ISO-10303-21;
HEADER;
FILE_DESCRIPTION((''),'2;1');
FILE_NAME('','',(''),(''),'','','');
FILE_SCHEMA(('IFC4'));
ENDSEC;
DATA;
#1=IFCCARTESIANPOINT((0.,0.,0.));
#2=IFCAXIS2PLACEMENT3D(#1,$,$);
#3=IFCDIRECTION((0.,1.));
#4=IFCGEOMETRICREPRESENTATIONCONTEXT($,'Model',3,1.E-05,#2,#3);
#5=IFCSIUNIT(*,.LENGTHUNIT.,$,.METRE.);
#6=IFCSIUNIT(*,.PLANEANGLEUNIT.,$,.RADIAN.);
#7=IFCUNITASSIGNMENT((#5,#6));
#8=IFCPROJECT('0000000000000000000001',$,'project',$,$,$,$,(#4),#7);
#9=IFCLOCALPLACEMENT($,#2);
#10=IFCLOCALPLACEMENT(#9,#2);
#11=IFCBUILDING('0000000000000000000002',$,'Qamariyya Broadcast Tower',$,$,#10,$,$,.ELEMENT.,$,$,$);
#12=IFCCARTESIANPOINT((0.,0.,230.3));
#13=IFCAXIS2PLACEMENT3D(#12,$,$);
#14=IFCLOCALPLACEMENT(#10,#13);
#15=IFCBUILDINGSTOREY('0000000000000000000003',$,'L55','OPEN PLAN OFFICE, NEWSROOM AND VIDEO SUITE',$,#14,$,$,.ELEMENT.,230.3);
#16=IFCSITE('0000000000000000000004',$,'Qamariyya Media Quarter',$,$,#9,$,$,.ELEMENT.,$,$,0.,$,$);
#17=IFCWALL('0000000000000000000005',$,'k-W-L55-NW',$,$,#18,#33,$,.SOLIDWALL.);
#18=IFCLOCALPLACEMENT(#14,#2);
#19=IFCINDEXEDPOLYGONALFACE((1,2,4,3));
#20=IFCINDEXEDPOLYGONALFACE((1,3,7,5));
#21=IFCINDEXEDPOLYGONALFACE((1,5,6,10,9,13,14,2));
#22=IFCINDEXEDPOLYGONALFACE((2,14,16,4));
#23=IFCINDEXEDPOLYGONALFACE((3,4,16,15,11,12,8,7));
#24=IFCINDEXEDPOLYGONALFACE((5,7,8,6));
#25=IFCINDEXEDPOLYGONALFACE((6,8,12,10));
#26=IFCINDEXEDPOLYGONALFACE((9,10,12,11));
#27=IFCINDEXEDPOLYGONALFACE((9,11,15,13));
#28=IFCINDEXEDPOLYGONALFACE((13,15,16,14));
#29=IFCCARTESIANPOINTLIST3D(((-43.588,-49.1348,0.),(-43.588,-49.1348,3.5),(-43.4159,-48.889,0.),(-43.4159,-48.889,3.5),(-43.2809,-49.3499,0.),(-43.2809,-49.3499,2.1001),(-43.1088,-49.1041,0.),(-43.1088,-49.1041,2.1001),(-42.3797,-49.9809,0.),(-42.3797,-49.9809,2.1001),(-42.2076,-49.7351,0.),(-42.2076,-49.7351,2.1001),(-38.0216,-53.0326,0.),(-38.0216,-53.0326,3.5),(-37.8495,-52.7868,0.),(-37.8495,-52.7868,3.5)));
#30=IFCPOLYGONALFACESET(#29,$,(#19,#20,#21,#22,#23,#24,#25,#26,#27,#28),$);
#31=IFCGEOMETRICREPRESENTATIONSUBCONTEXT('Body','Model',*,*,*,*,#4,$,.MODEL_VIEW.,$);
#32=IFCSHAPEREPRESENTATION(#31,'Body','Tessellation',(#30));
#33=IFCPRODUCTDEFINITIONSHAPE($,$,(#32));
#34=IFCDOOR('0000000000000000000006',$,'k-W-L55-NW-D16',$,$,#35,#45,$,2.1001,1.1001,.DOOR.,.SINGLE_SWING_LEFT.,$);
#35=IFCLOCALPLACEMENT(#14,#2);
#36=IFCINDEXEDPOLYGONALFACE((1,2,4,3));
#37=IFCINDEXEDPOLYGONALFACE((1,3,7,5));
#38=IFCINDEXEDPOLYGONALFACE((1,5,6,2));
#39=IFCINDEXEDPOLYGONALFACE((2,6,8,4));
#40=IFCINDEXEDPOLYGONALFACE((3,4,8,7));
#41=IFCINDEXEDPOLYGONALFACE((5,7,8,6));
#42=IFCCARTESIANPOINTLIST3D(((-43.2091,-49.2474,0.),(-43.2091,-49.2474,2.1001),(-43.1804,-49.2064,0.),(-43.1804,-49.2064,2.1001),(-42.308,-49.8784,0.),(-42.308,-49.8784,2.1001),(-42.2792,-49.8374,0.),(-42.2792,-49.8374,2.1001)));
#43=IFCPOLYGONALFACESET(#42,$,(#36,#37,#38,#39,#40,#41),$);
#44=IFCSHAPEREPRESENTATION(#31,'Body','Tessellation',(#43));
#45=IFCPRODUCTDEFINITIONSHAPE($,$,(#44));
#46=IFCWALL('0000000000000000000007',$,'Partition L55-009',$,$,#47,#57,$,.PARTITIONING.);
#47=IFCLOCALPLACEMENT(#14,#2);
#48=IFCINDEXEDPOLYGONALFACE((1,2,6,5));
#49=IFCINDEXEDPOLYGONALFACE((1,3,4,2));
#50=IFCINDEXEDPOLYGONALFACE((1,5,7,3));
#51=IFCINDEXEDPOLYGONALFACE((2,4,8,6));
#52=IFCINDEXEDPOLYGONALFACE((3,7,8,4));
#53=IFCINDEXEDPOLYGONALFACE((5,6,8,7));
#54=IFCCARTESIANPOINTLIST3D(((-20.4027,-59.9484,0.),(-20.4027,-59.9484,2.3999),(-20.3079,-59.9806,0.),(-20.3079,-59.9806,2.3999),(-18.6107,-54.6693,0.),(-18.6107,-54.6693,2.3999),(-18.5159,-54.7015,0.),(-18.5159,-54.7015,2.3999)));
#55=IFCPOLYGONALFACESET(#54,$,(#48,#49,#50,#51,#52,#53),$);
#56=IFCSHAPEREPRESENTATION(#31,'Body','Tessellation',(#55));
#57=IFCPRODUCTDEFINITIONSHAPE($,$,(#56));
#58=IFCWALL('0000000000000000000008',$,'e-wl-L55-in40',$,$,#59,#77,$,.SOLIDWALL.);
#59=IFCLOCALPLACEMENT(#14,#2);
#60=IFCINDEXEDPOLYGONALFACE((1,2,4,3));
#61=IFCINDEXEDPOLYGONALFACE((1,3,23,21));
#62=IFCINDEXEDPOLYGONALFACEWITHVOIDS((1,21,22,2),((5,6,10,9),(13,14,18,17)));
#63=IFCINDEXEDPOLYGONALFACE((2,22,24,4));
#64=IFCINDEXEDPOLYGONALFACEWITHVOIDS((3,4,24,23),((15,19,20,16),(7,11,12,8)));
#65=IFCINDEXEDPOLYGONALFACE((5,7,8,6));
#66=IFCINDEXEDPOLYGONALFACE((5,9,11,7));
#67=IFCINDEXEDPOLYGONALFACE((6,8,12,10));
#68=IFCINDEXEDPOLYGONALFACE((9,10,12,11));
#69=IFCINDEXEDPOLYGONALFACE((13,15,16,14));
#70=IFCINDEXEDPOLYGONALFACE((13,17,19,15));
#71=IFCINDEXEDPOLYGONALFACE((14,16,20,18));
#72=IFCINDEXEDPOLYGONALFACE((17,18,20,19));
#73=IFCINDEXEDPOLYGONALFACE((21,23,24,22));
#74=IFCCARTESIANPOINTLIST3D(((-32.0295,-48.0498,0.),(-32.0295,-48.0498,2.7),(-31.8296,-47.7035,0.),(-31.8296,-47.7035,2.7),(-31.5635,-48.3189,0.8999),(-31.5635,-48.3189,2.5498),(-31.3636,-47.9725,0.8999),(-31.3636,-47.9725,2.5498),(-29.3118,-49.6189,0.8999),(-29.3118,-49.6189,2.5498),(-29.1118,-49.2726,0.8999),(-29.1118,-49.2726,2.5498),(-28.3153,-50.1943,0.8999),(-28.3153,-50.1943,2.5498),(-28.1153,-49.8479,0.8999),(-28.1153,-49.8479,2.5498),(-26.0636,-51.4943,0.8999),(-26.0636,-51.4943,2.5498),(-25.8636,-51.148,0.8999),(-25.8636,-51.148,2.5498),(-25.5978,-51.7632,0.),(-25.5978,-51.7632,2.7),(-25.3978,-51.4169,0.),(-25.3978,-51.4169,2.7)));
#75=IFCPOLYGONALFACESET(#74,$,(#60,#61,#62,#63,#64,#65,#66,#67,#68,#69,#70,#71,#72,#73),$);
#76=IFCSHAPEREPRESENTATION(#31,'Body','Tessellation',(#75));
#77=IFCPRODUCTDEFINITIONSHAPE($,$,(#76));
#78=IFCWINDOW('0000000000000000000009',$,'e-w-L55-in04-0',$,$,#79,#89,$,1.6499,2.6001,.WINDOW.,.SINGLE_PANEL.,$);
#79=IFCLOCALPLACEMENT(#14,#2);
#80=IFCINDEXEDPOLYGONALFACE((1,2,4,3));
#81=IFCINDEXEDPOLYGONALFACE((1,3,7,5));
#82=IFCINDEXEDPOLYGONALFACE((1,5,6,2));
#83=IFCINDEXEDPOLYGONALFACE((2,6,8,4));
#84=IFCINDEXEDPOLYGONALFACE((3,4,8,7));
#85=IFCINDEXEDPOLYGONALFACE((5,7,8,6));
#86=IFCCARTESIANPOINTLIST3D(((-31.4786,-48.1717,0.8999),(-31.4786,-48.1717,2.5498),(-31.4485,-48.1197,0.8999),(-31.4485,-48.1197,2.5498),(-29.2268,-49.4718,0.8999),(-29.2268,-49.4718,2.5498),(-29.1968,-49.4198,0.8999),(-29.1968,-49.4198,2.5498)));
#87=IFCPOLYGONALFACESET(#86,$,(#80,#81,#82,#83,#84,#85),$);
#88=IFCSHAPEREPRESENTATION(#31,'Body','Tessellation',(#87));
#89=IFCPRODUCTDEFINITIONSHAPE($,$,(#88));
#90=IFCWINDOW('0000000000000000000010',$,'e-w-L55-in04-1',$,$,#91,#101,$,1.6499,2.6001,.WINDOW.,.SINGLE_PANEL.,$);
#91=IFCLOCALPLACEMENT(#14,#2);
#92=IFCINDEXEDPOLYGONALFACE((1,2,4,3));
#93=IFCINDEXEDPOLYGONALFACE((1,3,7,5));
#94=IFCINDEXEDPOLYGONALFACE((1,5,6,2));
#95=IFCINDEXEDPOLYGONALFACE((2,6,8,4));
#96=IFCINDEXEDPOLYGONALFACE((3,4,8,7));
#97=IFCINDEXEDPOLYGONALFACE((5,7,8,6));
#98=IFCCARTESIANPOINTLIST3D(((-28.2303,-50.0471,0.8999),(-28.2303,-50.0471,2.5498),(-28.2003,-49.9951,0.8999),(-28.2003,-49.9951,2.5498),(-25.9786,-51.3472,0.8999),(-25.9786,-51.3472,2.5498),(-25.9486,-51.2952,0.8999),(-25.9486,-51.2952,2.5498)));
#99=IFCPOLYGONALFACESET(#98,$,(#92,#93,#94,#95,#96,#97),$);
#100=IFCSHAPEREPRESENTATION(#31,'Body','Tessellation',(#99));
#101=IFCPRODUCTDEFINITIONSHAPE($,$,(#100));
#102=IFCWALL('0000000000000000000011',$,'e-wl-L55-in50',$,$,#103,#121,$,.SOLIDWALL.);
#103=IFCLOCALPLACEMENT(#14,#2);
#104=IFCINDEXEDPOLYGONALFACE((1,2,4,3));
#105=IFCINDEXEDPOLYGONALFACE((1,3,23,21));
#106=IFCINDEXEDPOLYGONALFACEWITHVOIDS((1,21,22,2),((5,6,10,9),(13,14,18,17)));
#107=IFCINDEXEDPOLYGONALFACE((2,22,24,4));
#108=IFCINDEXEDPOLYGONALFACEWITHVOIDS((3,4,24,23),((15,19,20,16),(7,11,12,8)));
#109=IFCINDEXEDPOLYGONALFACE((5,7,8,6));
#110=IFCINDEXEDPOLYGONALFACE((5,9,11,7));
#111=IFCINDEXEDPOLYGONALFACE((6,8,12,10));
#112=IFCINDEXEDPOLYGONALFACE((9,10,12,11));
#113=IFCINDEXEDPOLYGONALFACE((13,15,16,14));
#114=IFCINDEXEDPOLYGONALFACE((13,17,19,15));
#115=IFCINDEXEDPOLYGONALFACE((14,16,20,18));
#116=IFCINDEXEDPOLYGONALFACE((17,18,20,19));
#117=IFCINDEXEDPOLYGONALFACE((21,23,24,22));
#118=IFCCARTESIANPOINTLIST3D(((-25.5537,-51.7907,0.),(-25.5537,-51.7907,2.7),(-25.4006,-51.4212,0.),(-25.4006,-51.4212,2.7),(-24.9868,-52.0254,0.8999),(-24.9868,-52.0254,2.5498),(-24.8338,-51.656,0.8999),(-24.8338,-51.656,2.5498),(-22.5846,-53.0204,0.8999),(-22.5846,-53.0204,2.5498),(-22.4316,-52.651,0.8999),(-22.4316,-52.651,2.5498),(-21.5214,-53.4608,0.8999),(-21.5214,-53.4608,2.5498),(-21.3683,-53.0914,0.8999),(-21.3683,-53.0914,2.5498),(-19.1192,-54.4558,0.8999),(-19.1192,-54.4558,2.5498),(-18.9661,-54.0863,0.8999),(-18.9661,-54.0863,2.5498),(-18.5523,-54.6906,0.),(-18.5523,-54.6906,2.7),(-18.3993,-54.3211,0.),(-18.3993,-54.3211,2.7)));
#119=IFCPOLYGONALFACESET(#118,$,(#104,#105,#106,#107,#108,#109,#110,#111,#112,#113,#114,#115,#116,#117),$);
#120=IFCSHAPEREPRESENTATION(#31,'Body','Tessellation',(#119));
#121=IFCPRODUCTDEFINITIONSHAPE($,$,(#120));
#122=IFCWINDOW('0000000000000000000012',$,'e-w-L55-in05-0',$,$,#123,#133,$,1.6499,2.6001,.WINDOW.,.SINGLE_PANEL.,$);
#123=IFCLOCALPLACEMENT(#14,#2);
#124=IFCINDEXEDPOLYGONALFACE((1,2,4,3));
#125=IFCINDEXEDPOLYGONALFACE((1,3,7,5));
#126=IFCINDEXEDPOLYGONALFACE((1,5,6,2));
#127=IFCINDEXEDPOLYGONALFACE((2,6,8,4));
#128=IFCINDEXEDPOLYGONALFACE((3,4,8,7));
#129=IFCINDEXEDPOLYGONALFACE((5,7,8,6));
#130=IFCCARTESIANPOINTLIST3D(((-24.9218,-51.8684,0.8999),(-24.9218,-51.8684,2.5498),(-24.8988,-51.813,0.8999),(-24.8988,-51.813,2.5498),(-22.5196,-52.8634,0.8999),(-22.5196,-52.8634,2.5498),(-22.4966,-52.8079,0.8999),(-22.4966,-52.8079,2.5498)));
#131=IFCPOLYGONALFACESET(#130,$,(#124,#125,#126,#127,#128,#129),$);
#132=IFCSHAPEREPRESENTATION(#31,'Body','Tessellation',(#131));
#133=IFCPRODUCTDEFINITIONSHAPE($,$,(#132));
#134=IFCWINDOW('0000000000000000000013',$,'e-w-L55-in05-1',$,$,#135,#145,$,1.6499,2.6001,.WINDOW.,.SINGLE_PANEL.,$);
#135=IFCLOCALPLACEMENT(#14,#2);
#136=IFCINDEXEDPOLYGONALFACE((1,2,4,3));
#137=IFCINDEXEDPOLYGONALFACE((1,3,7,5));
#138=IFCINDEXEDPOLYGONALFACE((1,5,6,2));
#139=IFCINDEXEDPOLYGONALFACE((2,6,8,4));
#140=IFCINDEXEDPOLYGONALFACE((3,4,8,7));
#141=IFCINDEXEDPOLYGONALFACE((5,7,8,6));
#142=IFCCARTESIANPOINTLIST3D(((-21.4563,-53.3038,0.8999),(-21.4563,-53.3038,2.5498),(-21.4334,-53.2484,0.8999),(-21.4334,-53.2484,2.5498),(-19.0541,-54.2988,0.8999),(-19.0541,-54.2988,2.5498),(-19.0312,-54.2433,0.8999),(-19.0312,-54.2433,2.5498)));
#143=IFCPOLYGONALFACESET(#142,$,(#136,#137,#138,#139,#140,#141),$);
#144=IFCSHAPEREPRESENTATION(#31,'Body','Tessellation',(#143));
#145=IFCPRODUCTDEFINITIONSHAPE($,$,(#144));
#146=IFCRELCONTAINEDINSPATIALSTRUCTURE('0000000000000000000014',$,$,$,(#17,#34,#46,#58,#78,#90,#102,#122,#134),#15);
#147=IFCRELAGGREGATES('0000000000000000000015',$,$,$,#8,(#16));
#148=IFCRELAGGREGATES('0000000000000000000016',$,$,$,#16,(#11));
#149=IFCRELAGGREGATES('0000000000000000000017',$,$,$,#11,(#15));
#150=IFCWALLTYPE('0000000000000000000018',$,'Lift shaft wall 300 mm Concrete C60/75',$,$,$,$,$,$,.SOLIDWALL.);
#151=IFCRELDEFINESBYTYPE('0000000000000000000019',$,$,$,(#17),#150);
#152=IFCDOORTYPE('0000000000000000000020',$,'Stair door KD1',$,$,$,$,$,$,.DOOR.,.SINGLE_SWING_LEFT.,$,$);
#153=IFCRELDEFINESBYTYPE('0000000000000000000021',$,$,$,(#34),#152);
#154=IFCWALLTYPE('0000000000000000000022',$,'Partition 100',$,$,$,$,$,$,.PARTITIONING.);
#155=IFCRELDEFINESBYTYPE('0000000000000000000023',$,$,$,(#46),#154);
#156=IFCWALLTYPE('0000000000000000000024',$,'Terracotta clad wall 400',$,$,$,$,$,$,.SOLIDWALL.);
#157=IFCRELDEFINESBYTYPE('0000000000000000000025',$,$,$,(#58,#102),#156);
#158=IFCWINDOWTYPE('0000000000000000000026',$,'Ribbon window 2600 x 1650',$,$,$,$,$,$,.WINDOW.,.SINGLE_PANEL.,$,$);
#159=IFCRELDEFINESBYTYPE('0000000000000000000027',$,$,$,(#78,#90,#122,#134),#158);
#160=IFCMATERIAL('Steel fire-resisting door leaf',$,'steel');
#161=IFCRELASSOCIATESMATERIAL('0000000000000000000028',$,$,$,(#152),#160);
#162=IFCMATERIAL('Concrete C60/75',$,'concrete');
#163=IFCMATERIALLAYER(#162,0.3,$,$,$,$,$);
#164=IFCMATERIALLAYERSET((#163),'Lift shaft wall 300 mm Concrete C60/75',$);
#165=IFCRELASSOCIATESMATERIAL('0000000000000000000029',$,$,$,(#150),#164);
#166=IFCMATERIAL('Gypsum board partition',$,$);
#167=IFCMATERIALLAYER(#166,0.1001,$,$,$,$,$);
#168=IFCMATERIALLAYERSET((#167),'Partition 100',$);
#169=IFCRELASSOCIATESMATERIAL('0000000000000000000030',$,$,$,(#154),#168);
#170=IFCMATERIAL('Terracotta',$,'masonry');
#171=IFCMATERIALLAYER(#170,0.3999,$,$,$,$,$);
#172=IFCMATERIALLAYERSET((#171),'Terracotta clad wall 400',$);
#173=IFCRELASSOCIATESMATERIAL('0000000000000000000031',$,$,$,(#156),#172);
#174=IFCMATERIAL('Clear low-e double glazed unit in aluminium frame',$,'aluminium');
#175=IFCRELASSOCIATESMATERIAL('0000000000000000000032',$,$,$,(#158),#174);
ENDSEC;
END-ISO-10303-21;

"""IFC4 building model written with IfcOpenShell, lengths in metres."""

from ifc_helpers import new_model, si_unit, direction, frame, frame_2d, origin, place, context, subcontext, project, spatial, rectangle, extrude, material, layer, layer_set, type_object, element, fill, save


model = new_model("IFC4")

# Units and contexts
model_context = context("Model", 3, precision=1e-05, world=origin(), true_north=direction((0.0, 1.0)))
body_context = subcontext(model_context, "Body", "Model", "MODEL_VIEW")
ifc_project = project(units=[si_unit("LENGTHUNIT", "METRE"), si_unit("PLANEANGLEUNIT", "RADIAN")], contexts=[model_context])

# Site, building, storey
site_placement = place(None, origin())
site = spatial("IfcSite", under=ifc_project, at=site_placement, Name="Qamariyya Media Quarter", CompositionType="ELEMENT", RefElevation=0.0)
building_placement = place(site_placement, origin())
building = spatial("IfcBuilding", under=site, at=building_placement, Name="Qamariyya Broadcast Tower", CompositionType="ELEMENT")
storey_placement = place(building_placement, frame((0.0, 0.0, 230.3)))
storey = spatial("IfcBuildingStorey", under=building, at=storey_placement, Name="L55", Description="OPEN PLAN OFFICE, NEWSROOM AND VIDEO SUITE", CompositionType="ELEMENT", Elevation=230.3)

# Shared definitions
ifc_material_1 = material(Name="Concrete C60/75", Category="concrete")

# Shared definitions
ifc_material_2 = material(Name="Steel fire-resisting door leaf", Category="steel")
door_type_1 = type_object("IfcDoorType", Name="Stair door KD1", OperationType="SINGLE_SWING_LEFT", PredefinedType="DOOR", material=ifc_material_2)

# Shared definitions
ifc_material_3 = material(Name="Gypsum board partition")

# Wall, opening, door
ifc_layer_1 = layer(ifc_material_1, 0.3)
ifc_layer_set_1 = layer_set([ifc_layer_1], Name="Lift shaft wall 300 mm Concrete C60/75")
wall_type_1 = type_object("IfcWallType", Name="Lift shaft wall 300 mm Concrete C60/75", PredefinedType="SOLIDWALL", material=ifc_layer_set_1)
wall_1_placement = place(storey_placement, frame((-37.9355, -52.9097, 0.0), z_axis=(0.0, 0.0, 1.0), x_axis=(-0.819148, 0.573583, 0.0)))
wall_1 = element("IfcWall", 1, at=wall_1_placement, inside=storey, type_object=wall_type_1, Name="k-W-L55-NW", PredefinedType="SOLIDWALL", context=body_context, shape_type="SweptSolid", body=[
    extrude(rectangle(XDim=6.7954, YDim=0.3, at=frame_2d((3.3977, 0.0))), origin(), (0.0, 0.0, 1.0), 3.5),
])
opening_1_placement = place(wall_1_placement, frame((5.3203, 0.0, 0.0)))
opening_1 = element("IfcOpeningElement", 2, at=opening_1_placement, cuts=wall_1, PredefinedType="OPENING", context=body_context, shape_type="SweptSolid", body=[
    extrude(rectangle(XDim=1.1001, YDim=2.1001, at=frame_2d((0.55, 1.05))), frame((0.0, 0.1599, 0.0), z_axis=(0.0, -1.0, 0.0), x_axis=(1.0, 0.0, 0.0)), (0.0, 0.0, 1.0), 0.3201),
])
door_1_placement = place(opening_1_placement, origin())
door_1 = element("IfcDoor", 3, at=door_1_placement, inside=storey, type_object=door_type_1, Name="k-W-L55-NW-D16", OperationType="SINGLE_SWING_LEFT", OverallHeight=2.1001, OverallWidth=1.1001, PredefinedType="DOOR", context=body_context, shape_type="SweptSolid", body=[
    extrude(rectangle(XDim=1.1001, YDim=2.1001, at=frame_2d((0.55, 1.05))), frame((0.0, 0.0249, 0.0), z_axis=(0.0, -1.0, 0.0), x_axis=(1.0, 0.0, 0.0)), (0.0, 0.0, 1.0), 0.05),
])
fill(opening_1, door_1)

# Wall
ifc_layer_2 = layer(ifc_material_3, 0.1001)
ifc_layer_set_2 = layer_set([ifc_layer_2], Name="Partition 100")
wall_type_2 = type_object("IfcWallType", Name="Partition 100", PredefinedType="PARTITIONING", material=ifc_layer_set_2)
wall_2_placement = place(storey_placement, frame((-18.5632, -54.6853, 0.0), z_axis=(0.0, 0.0, 1.0), x_axis=(-0.321439, -0.94693, 0.0)))
element("IfcWall", 4, at=wall_2_placement, inside=storey, type_object=wall_type_2, Name="Partition L55-009", PredefinedType="PARTITIONING", context=body_context, shape_type="SweptSolid", body=[
    extrude(rectangle(XDim=5.575, YDim=0.1001, at=frame_2d((2.7876, 0.0))), origin(), (0.0, 0.0, 1.0), 2.3999),
])

# Walls, openings, windows
ifc_material_4 = material(Name="Terracotta", Category="masonry")
ifc_layer_3 = layer(ifc_material_4, 0.3999)
ifc_layer_set_3 = layer_set([ifc_layer_3], Name="Terracotta clad wall 400")
wall_type_3 = type_object("IfcWallType", Name="Terracotta clad wall 400", PredefinedType="SOLIDWALL", material=ifc_layer_set_3)
wall_3_placement = place(storey_placement, frame((-25.4978, -51.5901, 0.0), z_axis=(0.0, 0.0, 1.0), x_axis=(-0.866021, 0.500007, 0.0)))
wall_3 = element("IfcWall", 5, at=wall_3_placement, inside=storey, type_object=wall_type_3, Name="e-wl-L55-in40", PredefinedType="SOLIDWALL", context=body_context, shape_type="SweptSolid", body=[
    extrude(rectangle(XDim=7.4268, YDim=0.3999, at=frame_2d((3.7134, 0.0))), origin(), (0.0, 0.0, 1.0), 2.7),
])
opening_2_placement = place(wall_3_placement, frame((4.2886, 0.0, 0.8999)))
opening_2 = element("IfcOpeningElement", 6, at=opening_2_placement, cuts=wall_3, PredefinedType="OPENING", context=body_context, shape_type="SweptSolid", body=[
    extrude(rectangle(XDim=2.6001, YDim=1.6499, at=frame_2d((1.3, 0.825))), frame((0.0, 0.21, 0.0), z_axis=(0.0, -1.0, 0.0), x_axis=(1.0, 0.0, 0.0)), (0.0, 0.0, 1.0), 0.4199),
])
opening_3_placement = place(wall_3_placement, frame((0.5378, 0.0, 0.8999)))
opening_3 = element("IfcOpeningElement", 7, at=opening_3_placement, cuts=wall_3, PredefinedType="OPENING", context=body_context, shape_type="SweptSolid", body=[
    extrude(rectangle(XDim=2.6001, YDim=1.6499, at=frame_2d((1.3, 0.825))), frame((0.0, 0.21, 0.0), z_axis=(0.0, -1.0, 0.0), x_axis=(1.0, 0.0, 0.0)), (0.0, 0.0, 1.0), 0.4199),
])
ifc_material_5 = material(Name="Clear low-e double glazed unit in aluminium frame", Category="aluminium")
window_type = type_object("IfcWindowType", Name="Ribbon window 2600 x 1650", PartitioningType="SINGLE_PANEL", PredefinedType="WINDOW", material=ifc_material_5)
window_1_placement = place(opening_2_placement, origin())
window_1 = element("IfcWindow", 8, at=window_1_placement, inside=storey, type_object=window_type, Name="e-w-L55-in04-0", OverallHeight=1.6499, OverallWidth=2.6001, PartitioningType="SINGLE_PANEL", PredefinedType="WINDOW", context=body_context, shape_type="SweptSolid", body=[
    extrude(rectangle(XDim=2.6001, YDim=1.6499, at=frame_2d((1.3, 0.825))), frame((0.0, 0.03, 0.0), z_axis=(0.0, -1.0, 0.0), x_axis=(1.0, 0.0, 0.0)), (0.0, 0.0, 1.0), 0.0601),
])
fill(opening_2, window_1)
window_2_placement = place(opening_3_placement, origin())
window_2 = element("IfcWindow", 9, at=window_2_placement, inside=storey, type_object=window_type, Name="e-w-L55-in04-1", OverallHeight=1.6499, OverallWidth=2.6001, PartitioningType="SINGLE_PANEL", PredefinedType="WINDOW", context=body_context, shape_type="SweptSolid", body=[
    extrude(rectangle(XDim=2.6001, YDim=1.6499, at=frame_2d((1.3, 0.825))), frame((0.0, 0.03, 0.0), z_axis=(0.0, -1.0, 0.0), x_axis=(1.0, 0.0, 0.0)), (0.0, 0.0, 1.0), 0.0601),
])
fill(opening_3, window_2)
wall_4_placement = place(storey_placement, frame((-18.4758, -54.5059, 0.0), z_axis=(0.0, 0.0, 1.0), x_axis=(-0.923884, 0.382672, 0.0)))
wall_4 = element("IfcWall", 10, at=wall_4_placement, inside=storey, type_object=wall_type_3, Name="e-wl-L55-in50", PredefinedType="SOLIDWALL", context=body_context, shape_type="SweptSolid", body=[
    extrude(rectangle(XDim=7.5781, YDim=0.3999, at=frame_2d((3.7891, 0.0))), origin(), (0.0, 0.0, 1.0), 2.7),
])
opening_4_placement = place(wall_4_placement, frame((4.3645, 0.0, 0.8999)))
opening_4 = element("IfcOpeningElement", 11, at=opening_4_placement, cuts=wall_4, PredefinedType="OPENING", context=body_context, shape_type="SweptSolid", body=[
    extrude(rectangle(XDim=2.6001, YDim=1.6499, at=frame_2d((1.3, 0.825))), frame((0.0, 0.21, 0.0), z_axis=(0.0, -1.0, 0.0), x_axis=(1.0, 0.0, 0.0)), (0.0, 0.0, 1.0), 0.4199),
])
opening_5_placement = place(wall_4_placement, frame((0.6135, 0.0, 0.8999)))
opening_5 = element("IfcOpeningElement", 12, at=opening_5_placement, cuts=wall_4, PredefinedType="OPENING", context=body_context, shape_type="SweptSolid", body=[
    extrude(rectangle(XDim=2.6001, YDim=1.6499, at=frame_2d((1.3, 0.825))), frame((0.0, 0.21, 0.0), z_axis=(0.0, -1.0, 0.0), x_axis=(1.0, 0.0, 0.0)), (0.0, 0.0, 1.0), 0.4199),
])
window_3_placement = place(opening_4_placement, origin())
window_3 = element("IfcWindow", 13, at=window_3_placement, inside=storey, type_object=window_type, Name="e-w-L55-in05-0", OverallHeight=1.6499, OverallWidth=2.6001, PartitioningType="SINGLE_PANEL", PredefinedType="WINDOW", context=body_context, shape_type="SweptSolid", body=[
    extrude(rectangle(XDim=2.6001, YDim=1.6499, at=frame_2d((1.3, 0.825))), frame((0.0, 0.03, 0.0), z_axis=(0.0, -1.0, 0.0), x_axis=(1.0, 0.0, 0.0)), (0.0, 0.0, 1.0), 0.0601),
])
fill(opening_4, window_3)
window_4_placement = place(opening_5_placement, origin())
window_4 = element("IfcWindow", 14, at=window_4_placement, inside=storey, type_object=window_type, Name="e-w-L55-in05-1", OverallHeight=1.6499, OverallWidth=2.6001, PartitioningType="SINGLE_PANEL", PredefinedType="WINDOW", context=body_context, shape_type="SweptSolid", body=[
    extrude(rectangle(XDim=2.6001, YDim=1.6499, at=frame_2d((1.3, 0.825))), frame((0.0, 0.03, 0.0), z_axis=(0.0, -1.0, 0.0), x_axis=(1.0, 0.0, 0.0)), (0.0, 0.0, 1.0), 0.0601),
])
fill(opening_5, window_4)

save(model, "model.ifc")
